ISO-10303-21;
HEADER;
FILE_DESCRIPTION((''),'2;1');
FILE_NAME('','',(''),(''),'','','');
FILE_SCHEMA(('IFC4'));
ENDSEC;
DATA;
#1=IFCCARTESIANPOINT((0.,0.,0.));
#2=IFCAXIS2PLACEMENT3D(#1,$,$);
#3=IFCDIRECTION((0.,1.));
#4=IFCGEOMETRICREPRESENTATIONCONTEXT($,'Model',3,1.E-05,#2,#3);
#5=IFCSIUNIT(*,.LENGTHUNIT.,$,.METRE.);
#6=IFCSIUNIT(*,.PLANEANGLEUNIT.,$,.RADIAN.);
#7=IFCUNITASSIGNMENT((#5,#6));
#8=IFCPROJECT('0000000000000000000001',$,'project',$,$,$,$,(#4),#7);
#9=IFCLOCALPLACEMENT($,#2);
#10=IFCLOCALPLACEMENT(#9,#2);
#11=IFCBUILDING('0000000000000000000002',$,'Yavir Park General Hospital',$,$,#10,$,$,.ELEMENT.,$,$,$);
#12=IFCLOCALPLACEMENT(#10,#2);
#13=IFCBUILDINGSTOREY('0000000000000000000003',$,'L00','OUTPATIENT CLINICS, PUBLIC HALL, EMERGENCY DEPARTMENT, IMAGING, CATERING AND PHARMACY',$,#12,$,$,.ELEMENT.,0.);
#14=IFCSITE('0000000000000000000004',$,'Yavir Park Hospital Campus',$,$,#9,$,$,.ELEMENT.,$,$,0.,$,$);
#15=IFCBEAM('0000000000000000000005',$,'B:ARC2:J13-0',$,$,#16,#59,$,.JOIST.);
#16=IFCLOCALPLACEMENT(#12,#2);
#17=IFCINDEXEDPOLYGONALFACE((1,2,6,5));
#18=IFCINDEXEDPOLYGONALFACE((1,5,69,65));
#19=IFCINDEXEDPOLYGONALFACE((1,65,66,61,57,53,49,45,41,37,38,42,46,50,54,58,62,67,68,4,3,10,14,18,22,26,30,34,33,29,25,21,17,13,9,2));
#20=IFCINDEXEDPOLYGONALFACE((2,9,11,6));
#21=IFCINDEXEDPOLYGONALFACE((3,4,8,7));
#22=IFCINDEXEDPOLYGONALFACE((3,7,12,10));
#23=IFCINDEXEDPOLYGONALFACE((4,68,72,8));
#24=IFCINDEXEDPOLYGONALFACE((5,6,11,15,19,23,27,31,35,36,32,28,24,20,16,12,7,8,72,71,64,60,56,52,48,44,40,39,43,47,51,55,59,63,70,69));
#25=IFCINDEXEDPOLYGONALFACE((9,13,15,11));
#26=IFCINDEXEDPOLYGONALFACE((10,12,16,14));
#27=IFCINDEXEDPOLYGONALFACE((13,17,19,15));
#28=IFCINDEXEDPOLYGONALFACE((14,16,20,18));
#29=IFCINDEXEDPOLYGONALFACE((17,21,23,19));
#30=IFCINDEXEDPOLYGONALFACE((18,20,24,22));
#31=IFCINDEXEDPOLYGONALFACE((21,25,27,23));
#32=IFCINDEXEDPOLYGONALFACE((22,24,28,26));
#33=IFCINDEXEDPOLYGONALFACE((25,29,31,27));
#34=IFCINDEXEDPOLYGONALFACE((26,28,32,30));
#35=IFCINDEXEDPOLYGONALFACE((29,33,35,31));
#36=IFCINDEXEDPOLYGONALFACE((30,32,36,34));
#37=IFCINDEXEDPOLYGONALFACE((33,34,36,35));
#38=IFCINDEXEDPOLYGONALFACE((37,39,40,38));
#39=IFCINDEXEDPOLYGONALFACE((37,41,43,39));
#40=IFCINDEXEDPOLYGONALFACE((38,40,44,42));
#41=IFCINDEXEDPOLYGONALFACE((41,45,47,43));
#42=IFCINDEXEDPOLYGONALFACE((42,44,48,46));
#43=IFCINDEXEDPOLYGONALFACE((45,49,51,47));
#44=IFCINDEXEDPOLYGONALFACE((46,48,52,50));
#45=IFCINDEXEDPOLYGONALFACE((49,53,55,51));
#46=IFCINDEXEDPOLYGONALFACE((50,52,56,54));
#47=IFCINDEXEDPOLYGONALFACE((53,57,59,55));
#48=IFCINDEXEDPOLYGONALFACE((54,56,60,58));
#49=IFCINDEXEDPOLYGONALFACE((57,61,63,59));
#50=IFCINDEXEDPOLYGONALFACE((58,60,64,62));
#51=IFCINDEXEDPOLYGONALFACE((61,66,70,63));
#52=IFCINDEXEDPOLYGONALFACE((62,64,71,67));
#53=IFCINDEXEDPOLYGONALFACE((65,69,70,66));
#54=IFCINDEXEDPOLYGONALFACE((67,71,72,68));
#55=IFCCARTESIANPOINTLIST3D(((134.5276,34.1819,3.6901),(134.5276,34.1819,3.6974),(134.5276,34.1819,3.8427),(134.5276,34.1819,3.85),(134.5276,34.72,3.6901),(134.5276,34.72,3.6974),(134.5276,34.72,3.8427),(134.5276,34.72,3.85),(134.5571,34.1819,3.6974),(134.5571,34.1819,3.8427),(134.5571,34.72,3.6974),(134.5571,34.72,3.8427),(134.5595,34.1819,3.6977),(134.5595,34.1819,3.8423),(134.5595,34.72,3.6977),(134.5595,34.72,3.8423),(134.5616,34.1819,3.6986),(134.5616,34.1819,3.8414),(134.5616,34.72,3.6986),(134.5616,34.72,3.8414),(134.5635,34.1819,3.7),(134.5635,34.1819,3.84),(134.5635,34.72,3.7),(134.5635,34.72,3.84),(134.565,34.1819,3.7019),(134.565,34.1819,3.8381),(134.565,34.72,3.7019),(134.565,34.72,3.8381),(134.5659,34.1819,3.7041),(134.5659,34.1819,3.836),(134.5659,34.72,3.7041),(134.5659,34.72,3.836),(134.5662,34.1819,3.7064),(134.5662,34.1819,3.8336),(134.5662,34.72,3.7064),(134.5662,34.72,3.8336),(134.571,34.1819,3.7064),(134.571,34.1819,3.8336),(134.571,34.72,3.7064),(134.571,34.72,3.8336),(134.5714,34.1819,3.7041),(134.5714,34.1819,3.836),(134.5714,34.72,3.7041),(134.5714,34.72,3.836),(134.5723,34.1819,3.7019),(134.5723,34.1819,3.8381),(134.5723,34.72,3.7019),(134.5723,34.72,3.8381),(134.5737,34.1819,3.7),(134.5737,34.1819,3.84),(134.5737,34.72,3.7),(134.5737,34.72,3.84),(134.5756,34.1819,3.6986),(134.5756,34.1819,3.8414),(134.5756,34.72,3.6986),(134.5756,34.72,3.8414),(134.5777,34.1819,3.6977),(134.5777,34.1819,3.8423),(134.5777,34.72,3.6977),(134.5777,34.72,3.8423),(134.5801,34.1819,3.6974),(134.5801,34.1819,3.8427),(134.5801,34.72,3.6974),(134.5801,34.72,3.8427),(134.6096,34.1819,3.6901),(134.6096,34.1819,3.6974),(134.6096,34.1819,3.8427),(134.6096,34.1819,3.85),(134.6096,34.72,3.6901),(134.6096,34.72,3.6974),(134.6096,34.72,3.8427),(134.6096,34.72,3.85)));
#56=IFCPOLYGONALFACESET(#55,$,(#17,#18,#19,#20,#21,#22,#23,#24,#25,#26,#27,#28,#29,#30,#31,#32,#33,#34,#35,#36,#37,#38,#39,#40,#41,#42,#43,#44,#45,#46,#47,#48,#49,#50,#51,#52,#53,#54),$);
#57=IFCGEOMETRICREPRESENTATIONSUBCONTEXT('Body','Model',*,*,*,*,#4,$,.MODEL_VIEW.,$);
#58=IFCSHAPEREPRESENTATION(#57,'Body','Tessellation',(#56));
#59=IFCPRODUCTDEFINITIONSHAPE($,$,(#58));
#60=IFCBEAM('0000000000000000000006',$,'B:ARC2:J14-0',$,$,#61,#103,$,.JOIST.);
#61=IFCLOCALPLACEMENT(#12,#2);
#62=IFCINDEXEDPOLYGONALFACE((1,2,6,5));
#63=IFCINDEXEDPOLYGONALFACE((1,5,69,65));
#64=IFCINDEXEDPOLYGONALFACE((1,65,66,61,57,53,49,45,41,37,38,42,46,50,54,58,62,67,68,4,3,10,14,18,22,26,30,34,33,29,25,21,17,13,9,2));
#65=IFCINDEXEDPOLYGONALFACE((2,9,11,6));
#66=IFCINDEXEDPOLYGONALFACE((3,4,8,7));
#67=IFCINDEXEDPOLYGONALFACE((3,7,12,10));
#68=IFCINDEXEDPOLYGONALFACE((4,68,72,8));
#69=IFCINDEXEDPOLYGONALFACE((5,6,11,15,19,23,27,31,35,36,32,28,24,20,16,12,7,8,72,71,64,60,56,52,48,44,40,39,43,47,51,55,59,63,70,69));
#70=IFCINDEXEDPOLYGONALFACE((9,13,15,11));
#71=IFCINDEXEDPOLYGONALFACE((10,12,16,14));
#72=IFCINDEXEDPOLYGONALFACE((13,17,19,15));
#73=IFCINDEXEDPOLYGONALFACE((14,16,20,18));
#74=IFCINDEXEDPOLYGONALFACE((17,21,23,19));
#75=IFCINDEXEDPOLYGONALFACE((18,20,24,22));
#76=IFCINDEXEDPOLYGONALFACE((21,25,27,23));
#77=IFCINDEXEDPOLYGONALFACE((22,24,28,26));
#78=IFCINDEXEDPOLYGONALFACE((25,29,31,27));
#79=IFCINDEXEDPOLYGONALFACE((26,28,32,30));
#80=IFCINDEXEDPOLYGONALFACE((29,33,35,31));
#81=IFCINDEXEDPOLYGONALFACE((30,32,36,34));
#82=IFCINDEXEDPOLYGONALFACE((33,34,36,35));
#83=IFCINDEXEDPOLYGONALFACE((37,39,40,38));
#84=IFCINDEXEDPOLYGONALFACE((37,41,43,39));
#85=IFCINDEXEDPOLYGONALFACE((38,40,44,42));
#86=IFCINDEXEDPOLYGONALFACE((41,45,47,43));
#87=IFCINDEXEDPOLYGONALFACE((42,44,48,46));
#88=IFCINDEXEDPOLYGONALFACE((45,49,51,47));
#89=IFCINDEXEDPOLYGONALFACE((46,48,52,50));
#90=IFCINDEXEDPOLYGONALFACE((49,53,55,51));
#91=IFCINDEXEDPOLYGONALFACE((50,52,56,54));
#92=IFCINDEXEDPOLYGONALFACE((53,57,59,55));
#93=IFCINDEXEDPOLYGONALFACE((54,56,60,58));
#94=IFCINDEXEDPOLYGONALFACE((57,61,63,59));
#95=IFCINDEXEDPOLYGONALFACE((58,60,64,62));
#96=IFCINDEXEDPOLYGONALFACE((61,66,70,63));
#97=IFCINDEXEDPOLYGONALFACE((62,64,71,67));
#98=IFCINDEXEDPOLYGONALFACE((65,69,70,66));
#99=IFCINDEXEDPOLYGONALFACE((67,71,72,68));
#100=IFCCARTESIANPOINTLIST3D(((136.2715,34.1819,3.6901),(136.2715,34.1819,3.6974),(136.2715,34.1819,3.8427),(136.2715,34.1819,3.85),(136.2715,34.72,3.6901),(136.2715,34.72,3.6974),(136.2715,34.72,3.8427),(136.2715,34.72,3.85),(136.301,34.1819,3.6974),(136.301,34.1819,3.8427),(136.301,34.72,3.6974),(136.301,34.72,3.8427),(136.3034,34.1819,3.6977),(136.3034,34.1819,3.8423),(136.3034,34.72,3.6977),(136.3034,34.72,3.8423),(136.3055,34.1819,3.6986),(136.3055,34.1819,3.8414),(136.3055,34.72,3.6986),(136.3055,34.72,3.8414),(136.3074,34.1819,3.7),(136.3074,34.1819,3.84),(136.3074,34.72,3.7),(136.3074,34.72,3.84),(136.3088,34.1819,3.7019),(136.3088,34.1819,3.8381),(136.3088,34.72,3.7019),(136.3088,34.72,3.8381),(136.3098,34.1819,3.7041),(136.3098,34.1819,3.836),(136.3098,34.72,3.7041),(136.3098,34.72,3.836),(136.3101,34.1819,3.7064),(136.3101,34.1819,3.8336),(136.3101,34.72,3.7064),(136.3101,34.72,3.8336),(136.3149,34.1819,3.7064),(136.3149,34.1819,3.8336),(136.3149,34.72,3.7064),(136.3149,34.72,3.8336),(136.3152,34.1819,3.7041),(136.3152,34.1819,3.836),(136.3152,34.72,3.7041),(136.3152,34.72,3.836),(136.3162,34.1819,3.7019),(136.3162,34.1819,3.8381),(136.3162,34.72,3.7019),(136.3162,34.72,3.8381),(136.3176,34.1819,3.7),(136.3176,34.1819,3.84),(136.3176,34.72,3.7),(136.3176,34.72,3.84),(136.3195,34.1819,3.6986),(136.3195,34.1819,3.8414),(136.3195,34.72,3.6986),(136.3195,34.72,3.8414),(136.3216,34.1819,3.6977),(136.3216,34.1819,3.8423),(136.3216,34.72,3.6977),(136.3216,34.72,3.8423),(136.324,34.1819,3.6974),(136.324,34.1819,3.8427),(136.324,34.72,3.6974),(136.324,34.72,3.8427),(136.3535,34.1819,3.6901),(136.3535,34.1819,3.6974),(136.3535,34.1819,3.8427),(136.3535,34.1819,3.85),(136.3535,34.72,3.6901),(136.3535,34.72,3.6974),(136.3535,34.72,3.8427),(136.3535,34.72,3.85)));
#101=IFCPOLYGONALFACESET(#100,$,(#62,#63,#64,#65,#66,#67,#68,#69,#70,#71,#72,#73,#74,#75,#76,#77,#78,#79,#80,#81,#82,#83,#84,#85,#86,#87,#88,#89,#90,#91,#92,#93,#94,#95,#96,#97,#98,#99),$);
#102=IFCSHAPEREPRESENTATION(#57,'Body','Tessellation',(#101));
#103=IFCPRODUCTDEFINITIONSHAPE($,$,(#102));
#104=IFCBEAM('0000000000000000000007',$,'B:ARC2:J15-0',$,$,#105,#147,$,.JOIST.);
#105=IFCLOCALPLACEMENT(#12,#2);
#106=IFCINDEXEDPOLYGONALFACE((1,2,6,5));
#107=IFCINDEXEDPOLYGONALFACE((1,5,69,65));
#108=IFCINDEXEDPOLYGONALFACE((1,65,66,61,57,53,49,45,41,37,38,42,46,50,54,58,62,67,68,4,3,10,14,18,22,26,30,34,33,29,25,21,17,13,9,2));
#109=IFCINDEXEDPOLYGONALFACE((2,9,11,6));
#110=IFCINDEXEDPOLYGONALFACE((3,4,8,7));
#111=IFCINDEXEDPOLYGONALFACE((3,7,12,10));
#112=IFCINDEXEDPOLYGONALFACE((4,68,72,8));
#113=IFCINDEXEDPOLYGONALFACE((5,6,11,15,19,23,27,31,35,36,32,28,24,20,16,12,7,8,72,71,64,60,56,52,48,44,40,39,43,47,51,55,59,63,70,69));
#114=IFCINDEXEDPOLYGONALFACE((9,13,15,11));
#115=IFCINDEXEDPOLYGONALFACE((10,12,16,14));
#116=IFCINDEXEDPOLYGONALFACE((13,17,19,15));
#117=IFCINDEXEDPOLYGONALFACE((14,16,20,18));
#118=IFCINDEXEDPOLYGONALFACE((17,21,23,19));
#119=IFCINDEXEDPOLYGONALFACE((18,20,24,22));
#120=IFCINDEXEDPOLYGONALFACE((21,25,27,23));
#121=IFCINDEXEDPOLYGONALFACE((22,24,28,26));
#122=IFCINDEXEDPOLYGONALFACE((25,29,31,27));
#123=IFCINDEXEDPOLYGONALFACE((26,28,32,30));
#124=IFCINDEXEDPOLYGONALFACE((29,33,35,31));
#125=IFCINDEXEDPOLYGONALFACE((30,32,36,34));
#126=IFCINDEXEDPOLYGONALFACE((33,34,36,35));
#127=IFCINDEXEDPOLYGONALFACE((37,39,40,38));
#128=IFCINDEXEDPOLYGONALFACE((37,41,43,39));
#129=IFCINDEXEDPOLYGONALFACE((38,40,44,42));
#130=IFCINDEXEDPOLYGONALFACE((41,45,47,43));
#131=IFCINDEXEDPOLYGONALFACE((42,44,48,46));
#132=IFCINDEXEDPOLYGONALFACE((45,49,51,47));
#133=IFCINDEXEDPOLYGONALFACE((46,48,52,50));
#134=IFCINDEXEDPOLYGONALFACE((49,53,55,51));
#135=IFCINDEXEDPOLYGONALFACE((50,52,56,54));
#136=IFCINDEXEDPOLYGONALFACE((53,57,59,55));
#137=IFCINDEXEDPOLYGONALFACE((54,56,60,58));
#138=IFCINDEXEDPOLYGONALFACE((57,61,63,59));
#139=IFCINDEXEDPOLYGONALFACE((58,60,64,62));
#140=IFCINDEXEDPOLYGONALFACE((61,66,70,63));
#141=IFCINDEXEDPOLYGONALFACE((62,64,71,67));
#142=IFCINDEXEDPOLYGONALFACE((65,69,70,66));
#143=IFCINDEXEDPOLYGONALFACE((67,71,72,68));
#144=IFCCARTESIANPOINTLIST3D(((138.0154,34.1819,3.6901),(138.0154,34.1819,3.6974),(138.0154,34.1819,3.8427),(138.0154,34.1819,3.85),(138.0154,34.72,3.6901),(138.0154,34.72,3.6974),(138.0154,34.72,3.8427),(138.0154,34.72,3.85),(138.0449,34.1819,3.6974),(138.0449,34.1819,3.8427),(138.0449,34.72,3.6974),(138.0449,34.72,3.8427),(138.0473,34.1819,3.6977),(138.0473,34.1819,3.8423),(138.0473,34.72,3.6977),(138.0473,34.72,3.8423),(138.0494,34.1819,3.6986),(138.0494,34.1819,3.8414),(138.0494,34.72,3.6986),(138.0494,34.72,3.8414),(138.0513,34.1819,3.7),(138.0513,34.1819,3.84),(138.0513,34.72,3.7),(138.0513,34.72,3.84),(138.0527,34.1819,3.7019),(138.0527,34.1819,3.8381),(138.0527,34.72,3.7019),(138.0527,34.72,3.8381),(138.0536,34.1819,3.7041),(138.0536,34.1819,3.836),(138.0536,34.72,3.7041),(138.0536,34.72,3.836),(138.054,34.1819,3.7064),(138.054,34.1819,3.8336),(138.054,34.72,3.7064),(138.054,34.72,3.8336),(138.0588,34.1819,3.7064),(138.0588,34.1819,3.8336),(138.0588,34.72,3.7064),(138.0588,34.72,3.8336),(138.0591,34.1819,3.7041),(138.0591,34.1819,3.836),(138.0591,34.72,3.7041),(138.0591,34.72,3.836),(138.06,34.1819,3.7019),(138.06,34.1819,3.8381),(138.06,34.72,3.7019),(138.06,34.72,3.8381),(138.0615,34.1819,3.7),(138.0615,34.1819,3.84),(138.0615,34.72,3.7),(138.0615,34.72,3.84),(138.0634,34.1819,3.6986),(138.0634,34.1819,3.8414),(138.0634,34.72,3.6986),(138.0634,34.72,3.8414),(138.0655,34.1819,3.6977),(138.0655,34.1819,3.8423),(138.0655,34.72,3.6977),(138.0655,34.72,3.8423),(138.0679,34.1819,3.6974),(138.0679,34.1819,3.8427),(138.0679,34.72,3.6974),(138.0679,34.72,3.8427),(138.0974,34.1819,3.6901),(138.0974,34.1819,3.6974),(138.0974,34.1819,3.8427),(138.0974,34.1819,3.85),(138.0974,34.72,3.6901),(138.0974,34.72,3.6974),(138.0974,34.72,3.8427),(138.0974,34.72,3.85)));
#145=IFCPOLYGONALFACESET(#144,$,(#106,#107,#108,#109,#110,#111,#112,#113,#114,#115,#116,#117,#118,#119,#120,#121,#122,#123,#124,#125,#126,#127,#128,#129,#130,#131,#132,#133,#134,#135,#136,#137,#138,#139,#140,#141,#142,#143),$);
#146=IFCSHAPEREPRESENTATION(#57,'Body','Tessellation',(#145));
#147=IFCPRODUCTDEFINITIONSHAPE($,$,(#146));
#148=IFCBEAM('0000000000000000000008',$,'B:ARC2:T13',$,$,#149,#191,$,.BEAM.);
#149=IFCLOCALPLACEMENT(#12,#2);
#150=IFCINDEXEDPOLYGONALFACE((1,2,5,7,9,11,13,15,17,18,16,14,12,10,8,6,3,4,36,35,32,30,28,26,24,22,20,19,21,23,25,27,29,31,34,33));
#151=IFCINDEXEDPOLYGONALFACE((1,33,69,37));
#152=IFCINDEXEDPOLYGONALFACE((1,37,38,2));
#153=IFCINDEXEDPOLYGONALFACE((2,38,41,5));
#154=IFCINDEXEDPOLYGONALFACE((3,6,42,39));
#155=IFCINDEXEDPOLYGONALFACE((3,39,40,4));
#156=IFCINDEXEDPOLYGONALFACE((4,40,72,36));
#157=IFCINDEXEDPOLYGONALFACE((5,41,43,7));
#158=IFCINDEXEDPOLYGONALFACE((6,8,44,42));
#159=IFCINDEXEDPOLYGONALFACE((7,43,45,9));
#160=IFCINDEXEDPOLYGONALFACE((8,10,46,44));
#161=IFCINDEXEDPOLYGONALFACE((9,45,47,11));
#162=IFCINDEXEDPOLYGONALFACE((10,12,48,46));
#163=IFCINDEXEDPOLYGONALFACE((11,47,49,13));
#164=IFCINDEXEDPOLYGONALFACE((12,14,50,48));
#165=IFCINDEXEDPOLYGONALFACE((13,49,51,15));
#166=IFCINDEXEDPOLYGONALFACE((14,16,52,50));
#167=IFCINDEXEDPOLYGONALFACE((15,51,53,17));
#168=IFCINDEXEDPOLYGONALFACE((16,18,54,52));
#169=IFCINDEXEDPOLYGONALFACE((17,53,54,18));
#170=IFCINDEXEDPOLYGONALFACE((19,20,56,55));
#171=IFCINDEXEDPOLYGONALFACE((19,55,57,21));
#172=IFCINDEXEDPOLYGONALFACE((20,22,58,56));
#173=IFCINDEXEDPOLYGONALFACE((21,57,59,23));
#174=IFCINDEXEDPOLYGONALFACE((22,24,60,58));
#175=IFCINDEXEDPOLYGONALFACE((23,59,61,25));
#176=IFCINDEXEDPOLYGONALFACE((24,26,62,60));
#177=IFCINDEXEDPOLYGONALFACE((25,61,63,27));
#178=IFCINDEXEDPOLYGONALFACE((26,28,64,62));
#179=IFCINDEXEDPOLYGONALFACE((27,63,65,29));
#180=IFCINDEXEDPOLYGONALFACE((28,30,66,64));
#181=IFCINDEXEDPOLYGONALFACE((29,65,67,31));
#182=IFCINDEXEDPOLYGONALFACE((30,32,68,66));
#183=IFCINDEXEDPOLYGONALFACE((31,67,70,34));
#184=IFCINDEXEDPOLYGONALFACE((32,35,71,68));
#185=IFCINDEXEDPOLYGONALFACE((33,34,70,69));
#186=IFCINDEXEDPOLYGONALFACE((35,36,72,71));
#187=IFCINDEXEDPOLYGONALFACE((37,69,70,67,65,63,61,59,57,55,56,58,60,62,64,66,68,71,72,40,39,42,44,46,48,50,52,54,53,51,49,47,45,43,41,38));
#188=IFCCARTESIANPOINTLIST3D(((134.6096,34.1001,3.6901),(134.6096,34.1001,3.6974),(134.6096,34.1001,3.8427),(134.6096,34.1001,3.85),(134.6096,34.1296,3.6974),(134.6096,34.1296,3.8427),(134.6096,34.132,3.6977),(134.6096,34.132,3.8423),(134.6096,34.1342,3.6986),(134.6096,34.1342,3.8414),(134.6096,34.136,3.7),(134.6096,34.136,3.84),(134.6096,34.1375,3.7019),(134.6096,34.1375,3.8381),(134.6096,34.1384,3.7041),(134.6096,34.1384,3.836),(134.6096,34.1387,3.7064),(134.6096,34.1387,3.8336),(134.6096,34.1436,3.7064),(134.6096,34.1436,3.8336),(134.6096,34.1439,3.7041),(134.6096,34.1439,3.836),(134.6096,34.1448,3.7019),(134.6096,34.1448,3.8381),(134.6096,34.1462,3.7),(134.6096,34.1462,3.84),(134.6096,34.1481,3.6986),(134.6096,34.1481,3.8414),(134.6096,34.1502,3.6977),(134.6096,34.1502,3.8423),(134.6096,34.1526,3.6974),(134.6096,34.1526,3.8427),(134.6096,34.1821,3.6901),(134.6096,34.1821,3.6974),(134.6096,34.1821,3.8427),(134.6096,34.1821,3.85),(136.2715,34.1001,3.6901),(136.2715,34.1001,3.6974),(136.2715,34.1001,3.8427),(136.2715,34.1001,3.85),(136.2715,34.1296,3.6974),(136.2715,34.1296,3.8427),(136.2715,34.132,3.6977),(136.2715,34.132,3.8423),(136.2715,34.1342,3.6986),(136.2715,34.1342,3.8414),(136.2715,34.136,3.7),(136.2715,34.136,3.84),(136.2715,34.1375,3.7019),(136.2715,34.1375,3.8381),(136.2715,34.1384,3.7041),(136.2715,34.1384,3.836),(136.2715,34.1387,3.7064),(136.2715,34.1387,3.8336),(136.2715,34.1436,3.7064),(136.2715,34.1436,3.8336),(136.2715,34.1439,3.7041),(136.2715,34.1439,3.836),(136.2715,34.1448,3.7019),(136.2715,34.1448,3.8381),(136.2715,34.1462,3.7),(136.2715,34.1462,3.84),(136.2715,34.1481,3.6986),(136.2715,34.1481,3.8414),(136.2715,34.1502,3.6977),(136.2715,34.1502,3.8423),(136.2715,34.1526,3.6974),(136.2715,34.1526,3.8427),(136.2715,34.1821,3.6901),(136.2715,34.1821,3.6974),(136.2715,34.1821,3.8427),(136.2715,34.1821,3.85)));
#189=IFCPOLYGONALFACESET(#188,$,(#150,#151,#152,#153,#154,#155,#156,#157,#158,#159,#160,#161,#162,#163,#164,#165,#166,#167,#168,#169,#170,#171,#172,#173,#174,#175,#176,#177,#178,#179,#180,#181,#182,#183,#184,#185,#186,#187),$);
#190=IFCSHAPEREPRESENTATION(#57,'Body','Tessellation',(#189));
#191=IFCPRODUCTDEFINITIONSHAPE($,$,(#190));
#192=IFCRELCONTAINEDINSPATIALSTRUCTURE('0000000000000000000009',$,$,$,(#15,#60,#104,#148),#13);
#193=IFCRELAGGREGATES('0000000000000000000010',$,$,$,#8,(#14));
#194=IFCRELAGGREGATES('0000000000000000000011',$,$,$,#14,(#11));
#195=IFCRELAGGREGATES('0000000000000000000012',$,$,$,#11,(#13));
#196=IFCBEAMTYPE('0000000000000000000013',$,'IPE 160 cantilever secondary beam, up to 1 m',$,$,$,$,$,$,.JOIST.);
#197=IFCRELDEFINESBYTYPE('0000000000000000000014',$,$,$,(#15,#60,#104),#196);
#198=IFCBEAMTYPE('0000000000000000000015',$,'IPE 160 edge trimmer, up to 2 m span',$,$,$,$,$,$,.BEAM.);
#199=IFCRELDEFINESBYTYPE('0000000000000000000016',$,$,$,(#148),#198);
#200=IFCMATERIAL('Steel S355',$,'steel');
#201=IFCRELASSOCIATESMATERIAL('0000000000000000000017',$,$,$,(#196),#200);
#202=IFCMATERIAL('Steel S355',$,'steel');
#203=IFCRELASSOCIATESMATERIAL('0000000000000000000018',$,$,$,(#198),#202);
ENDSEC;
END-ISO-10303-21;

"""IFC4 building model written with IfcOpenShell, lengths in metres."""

from ifc_helpers import new_model, si_unit, direction, frame, origin, origin_2d, place, context, subcontext, project, spatial, i_section, extrude, material, material_profile, profile_set, type_object, element, save


model = new_model("IFC4")

# Units and contexts
model_context = context("Model", 3, precision=1e-05, world=origin(), true_north=direction((0.0, 1.0)))
body_context = subcontext(model_context, "Body", "Model", "MODEL_VIEW")
ifc_project = project(units=[si_unit("LENGTHUNIT", "METRE"), si_unit("PLANEANGLEUNIT", "RADIAN")], contexts=[model_context])

# Site, building, storey
site_placement = place(None, origin())
site = spatial("IfcSite", under=ifc_project, at=site_placement, Name="Yavir Park Hospital Campus", CompositionType="ELEMENT", RefElevation=0.0)
building_placement = place(site_placement, origin())
building = spatial("IfcBuilding", under=site, at=building_placement, Name="Yavir Park General Hospital", CompositionType="ELEMENT")
storey_placement = place(building_placement, origin())
storey = spatial("IfcBuildingStorey", under=building, at=storey_placement, Name="L00", Description="OUTPATIENT CLINICS, PUBLIC HALL, EMERGENCY DEPARTMENT, IMAGING, CATERING AND PHARMACY", CompositionType="ELEMENT", Elevation=0.0)

# Beams
ifc_material_1 = material(Name="Steel S355", Category="steel")
ifc_material_profile_1 = material_profile(ifc_material_1, i_section(OverallWidth=0.082, OverallDepth=0.1599, WebThickness=0.0049, FlangeThickness=0.0073, FilletRadius=0.009, at=origin_2d()), Name="IPE160")
ifc_profile_set_1 = profile_set([ifc_material_profile_1], Name="Steel S355")
beam_type_1 = type_object("IfcBeamType", Name="IPE 160 cantilever secondary beam, up to 1 m", PredefinedType="JOIST", material=ifc_profile_set_1)
for number, where, z_axis, x_axis, name in (
    (1, (134.5686, 34.1819, 3.77), (0.0, 1.0, 0.0), (-1.0, 0.0, 0.0), "B:ARC2:J13-0"),
    (2, (136.3125, 34.1819, 3.77), (0.0, 1.0, 0.0), (-1.0, 0.0, 0.0), "B:ARC2:J14-0"),
    (3, (138.0564, 34.1819, 3.77), (0.0, 1.0, 0.0), (-1.0, 0.0, 0.0), "B:ARC2:J15-0"),
):
    element("IfcBeam", number, at=place(storey_placement, frame(where, z_axis=z_axis, x_axis=x_axis)), inside=storey, type_object=beam_type_1, Name=name, PredefinedType="JOIST", context=body_context, shape_type="SweptSolid", body=[
        extrude(i_section(OverallWidth=0.082, OverallDepth=0.1599, WebThickness=0.0049, FlangeThickness=0.0073, FilletRadius=0.009, at=origin_2d()), origin(), (0.0, 0.0, 1.0), 0.5381),
    ])
ifc_material_2 = material(Name="Steel S355", Category="steel")
ifc_material_profile_2 = material_profile(ifc_material_2, i_section(OverallWidth=0.082, OverallDepth=0.1599, WebThickness=0.0049, FlangeThickness=0.0073, FilletRadius=0.009, at=origin_2d()), Name="IPE160")
ifc_profile_set_2 = profile_set([ifc_material_profile_2], Name="Steel S355")
beam_type_2 = type_object("IfcBeamType", Name="IPE 160 edge trimmer, up to 2 m span", PredefinedType="BEAM", material=ifc_profile_set_2)
for number, where, z_axis, x_axis, name in (
    (4, (134.6096, 34.1411, 3.77), (1.0, 0.0, 0.0), (0.0, 1.0, 0.0), "B:ARC2:T13"),
):
    element("IfcBeam", number, at=place(storey_placement, frame(where, z_axis=z_axis, x_axis=x_axis)), inside=storey, type_object=beam_type_2, Name=name, PredefinedType="BEAM", context=body_context, shape_type="SweptSolid", body=[
        extrude(i_section(OverallWidth=0.082, OverallDepth=0.1599, WebThickness=0.0049, FlangeThickness=0.0073, FilletRadius=0.009, at=origin_2d()), origin(), (0.0, 0.0, 1.0), 1.6619),
    ])

save(model, "model.ifc")
